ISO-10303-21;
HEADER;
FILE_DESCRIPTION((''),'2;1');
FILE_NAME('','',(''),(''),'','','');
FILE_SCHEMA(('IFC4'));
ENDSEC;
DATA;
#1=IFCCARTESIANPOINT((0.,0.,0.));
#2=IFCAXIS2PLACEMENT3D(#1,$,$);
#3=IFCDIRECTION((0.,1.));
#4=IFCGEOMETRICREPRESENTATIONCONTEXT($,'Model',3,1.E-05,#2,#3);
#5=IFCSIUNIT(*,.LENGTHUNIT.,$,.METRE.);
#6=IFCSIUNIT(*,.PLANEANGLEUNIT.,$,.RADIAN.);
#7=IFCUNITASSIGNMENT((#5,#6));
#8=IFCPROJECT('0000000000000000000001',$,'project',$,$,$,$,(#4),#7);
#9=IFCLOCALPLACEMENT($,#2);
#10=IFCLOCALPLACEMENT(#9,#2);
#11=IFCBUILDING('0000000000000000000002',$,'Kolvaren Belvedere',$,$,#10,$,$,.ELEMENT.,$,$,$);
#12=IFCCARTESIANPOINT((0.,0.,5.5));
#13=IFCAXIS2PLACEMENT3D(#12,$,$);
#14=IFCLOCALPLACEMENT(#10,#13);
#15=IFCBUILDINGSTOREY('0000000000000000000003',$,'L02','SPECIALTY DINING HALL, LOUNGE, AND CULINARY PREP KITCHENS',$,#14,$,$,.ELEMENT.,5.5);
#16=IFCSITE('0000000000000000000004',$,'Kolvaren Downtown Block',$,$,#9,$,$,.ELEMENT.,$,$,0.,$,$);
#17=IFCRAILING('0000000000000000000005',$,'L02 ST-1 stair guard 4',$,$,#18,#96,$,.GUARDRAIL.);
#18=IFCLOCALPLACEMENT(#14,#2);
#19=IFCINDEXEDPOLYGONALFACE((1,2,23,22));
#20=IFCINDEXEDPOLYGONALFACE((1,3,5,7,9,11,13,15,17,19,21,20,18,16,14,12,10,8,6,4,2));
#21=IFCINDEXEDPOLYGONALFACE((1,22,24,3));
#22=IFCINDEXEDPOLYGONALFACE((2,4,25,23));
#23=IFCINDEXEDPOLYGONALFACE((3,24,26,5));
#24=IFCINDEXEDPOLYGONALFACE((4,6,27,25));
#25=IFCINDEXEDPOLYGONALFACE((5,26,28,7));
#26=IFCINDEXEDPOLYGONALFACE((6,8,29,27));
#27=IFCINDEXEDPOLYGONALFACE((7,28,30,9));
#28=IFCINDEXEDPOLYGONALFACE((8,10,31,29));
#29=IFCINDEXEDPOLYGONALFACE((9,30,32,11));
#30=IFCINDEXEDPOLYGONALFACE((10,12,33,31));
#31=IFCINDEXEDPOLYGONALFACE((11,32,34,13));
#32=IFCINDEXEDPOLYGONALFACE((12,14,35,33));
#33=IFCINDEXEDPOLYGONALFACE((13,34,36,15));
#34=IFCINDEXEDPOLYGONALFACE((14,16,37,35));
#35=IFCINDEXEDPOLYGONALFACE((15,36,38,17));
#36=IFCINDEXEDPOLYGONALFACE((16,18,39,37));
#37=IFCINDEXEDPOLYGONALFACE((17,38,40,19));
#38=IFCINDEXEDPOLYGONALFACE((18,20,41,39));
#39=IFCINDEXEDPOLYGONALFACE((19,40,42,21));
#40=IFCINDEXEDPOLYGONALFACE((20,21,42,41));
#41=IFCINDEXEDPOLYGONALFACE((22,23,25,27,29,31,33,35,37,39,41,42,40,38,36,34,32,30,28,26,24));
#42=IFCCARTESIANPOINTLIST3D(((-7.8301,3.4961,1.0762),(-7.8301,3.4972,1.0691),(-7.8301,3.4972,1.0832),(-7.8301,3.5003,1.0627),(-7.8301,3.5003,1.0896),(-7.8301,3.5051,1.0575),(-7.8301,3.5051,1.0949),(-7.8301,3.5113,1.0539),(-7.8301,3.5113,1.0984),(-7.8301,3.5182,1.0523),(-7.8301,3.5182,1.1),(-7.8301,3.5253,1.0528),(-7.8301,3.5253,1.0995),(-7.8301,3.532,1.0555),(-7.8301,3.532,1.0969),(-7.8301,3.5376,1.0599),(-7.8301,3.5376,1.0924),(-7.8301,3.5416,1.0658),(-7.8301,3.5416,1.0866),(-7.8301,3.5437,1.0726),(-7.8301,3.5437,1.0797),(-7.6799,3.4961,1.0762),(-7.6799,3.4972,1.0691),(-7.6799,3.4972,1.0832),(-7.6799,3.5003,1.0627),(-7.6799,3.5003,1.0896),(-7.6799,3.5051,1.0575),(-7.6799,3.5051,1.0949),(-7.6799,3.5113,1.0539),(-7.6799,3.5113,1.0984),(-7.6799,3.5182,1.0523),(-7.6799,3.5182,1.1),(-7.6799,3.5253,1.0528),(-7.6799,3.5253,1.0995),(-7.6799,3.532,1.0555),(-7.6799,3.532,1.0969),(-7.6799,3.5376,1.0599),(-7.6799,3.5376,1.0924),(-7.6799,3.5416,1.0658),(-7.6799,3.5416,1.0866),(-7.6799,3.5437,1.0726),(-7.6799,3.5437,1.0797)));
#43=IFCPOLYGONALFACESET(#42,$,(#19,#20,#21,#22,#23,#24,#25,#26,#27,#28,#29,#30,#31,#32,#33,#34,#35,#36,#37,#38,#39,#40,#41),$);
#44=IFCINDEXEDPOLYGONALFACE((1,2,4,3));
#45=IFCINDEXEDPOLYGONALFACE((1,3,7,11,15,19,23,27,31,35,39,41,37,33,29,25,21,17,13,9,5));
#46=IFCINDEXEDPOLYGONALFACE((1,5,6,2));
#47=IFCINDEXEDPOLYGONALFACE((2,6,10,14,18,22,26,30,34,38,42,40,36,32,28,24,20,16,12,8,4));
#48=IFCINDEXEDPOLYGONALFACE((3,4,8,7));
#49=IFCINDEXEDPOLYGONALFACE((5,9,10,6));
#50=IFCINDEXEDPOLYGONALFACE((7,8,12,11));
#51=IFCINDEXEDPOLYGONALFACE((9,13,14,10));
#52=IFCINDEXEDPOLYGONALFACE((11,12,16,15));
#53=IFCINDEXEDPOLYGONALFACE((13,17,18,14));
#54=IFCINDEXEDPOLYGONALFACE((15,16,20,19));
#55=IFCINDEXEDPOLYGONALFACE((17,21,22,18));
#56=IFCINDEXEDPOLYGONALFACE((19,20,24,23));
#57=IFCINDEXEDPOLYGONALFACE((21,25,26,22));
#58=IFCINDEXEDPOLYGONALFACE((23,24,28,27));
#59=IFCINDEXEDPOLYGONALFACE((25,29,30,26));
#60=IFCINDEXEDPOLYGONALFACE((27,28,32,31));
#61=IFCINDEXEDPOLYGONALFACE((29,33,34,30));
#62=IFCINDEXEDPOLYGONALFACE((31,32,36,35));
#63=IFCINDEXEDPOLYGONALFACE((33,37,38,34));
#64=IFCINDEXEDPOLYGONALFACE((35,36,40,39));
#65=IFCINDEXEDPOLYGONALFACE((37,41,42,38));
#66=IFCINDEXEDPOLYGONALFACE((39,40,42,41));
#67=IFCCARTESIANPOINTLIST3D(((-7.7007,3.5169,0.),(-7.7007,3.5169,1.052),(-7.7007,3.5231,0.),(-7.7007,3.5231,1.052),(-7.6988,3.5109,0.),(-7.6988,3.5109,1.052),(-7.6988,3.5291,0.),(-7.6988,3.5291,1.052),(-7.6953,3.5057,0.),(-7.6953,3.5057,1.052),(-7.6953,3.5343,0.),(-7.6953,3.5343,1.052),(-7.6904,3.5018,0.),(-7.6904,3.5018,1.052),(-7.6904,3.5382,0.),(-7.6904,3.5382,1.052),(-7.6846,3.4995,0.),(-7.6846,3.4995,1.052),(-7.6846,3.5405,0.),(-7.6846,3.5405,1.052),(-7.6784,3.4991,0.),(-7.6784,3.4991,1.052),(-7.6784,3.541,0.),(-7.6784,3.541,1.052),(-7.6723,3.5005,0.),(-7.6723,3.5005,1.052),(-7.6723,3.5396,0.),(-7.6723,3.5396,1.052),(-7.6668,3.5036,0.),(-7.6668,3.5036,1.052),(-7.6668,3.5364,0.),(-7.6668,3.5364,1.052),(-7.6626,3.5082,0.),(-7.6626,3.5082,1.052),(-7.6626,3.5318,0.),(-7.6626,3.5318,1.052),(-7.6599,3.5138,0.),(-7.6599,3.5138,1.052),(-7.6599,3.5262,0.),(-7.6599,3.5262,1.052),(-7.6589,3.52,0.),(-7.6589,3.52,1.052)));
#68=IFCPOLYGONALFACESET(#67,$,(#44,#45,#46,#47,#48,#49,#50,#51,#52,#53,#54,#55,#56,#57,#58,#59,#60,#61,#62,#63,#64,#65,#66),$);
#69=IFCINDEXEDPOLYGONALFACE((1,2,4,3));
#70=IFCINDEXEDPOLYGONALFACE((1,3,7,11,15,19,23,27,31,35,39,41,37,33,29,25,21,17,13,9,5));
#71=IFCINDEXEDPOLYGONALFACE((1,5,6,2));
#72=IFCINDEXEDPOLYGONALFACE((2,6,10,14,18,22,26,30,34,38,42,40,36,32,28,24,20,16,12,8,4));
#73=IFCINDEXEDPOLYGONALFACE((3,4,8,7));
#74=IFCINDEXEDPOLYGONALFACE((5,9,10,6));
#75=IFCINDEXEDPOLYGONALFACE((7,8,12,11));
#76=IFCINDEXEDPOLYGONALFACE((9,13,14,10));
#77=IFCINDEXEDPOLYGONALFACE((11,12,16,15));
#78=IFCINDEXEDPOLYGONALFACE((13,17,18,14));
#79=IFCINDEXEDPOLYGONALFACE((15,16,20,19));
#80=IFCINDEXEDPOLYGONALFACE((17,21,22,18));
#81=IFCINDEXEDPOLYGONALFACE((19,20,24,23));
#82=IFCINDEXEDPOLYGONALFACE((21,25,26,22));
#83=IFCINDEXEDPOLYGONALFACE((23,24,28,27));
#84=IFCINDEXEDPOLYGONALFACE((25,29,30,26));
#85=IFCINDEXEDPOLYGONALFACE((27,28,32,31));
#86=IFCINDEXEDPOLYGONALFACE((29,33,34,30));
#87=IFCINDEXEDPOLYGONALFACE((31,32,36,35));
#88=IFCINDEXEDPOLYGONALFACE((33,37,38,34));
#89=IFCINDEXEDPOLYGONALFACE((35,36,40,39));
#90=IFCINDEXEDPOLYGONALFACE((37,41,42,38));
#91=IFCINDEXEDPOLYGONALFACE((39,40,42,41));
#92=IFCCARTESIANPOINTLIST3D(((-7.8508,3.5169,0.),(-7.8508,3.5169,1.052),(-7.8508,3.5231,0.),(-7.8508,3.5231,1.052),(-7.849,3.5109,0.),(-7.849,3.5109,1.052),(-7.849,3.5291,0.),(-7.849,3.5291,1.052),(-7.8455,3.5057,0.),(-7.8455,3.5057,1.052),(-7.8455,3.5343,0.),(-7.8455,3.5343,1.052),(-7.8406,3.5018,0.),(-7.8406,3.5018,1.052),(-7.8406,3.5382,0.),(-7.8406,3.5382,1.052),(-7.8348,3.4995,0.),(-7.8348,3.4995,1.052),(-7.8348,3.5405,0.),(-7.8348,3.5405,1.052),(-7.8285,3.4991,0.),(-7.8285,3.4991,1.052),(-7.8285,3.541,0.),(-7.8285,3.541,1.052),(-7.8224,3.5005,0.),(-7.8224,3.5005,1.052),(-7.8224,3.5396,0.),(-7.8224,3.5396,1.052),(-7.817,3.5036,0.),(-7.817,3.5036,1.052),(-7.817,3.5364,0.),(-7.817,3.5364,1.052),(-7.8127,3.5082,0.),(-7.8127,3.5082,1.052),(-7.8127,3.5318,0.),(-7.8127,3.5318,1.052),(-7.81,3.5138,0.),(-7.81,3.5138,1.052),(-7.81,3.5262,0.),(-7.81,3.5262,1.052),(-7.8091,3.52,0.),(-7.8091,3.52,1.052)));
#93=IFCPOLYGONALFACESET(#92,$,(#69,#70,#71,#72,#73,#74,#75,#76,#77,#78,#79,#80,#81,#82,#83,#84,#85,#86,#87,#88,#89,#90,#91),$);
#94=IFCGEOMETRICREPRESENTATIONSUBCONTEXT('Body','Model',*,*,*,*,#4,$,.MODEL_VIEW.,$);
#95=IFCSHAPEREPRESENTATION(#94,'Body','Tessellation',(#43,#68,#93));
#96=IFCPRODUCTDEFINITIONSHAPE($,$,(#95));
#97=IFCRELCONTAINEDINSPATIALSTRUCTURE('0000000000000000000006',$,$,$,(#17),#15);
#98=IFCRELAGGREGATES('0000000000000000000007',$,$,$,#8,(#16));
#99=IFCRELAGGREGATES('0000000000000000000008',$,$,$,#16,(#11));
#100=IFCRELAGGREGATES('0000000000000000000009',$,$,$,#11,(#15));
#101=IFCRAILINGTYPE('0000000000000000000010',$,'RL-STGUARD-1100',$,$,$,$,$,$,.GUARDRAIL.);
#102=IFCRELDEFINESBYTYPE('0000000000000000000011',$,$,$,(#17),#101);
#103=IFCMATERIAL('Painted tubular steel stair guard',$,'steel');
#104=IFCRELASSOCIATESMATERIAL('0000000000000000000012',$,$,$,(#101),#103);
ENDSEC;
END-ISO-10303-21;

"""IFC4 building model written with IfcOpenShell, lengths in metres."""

from ifc_helpers import new_model, si_unit, direction, frame, origin, origin_2d, place, context, subcontext, project, spatial, circle, extrude, material, type_object, element, save


model = new_model("IFC4")

# Units and contexts
model_context = context("Model", 3, precision=1e-05, world=origin(), true_north=direction((0.0, 1.0)))
body_context = subcontext(model_context, "Body", "Model", "MODEL_VIEW")
ifc_project = project(units=[si_unit("LENGTHUNIT", "METRE"), si_unit("PLANEANGLEUNIT", "RADIAN")], contexts=[model_context])

# Site, building, storey
site_placement = place(None, origin())
site = spatial("IfcSite", under=ifc_project, at=site_placement, Name="Kolvaren Downtown Block", CompositionType="ELEMENT", RefElevation=0.0)
building_placement = place(site_placement, origin())
building = spatial("IfcBuilding", under=site, at=building_placement, Name="Kolvaren Belvedere", CompositionType="ELEMENT")
storey_placement = place(building_placement, frame((0.0, 0.0, 5.5)))
storey = spatial("IfcBuildingStorey", under=building, at=storey_placement, Name="L02", Description="SPECIALTY DINING HALL, LOUNGE, AND CULINARY PREP KITCHENS", CompositionType="ELEMENT", Elevation=5.5)

# Railing
ifc_material_1 = material(Name="Painted tubular steel stair guard", Category="steel")
railing_type_1 = type_object("IfcRailingType", Name="RL-STGUARD-1100", PredefinedType="GUARDRAIL", material=ifc_material_1)
railing_1_placement = place(storey_placement, frame((-7.6799, 3.52, 0.0)))
element("IfcRailing", 1, at=railing_1_placement, inside=storey, type_object=railing_type_1, Name="L02 ST-1 stair guard 4", PredefinedType="GUARDRAIL", context=body_context, shape_type="SweptSolid", body=[
    extrude(circle(Radius=0.0239, at=origin_2d()), frame((0.0, 0.0, 1.0762), z_axis=(-1.0, 0.0, 0.0), x_axis=(0.0, -1.0, 0.0)), (0.0, 0.0, 1.0), 0.1501),
    extrude(circle(Radius=0.021, at=origin_2d()), origin(), (0.0, 0.0, 1.0), 1.052),
    extrude(circle(Radius=0.021, at=origin_2d()), frame((-0.1501, 0.0, 0.0)), (0.0, 0.0, 1.0), 1.052),
])

save(model, "model.ifc")
